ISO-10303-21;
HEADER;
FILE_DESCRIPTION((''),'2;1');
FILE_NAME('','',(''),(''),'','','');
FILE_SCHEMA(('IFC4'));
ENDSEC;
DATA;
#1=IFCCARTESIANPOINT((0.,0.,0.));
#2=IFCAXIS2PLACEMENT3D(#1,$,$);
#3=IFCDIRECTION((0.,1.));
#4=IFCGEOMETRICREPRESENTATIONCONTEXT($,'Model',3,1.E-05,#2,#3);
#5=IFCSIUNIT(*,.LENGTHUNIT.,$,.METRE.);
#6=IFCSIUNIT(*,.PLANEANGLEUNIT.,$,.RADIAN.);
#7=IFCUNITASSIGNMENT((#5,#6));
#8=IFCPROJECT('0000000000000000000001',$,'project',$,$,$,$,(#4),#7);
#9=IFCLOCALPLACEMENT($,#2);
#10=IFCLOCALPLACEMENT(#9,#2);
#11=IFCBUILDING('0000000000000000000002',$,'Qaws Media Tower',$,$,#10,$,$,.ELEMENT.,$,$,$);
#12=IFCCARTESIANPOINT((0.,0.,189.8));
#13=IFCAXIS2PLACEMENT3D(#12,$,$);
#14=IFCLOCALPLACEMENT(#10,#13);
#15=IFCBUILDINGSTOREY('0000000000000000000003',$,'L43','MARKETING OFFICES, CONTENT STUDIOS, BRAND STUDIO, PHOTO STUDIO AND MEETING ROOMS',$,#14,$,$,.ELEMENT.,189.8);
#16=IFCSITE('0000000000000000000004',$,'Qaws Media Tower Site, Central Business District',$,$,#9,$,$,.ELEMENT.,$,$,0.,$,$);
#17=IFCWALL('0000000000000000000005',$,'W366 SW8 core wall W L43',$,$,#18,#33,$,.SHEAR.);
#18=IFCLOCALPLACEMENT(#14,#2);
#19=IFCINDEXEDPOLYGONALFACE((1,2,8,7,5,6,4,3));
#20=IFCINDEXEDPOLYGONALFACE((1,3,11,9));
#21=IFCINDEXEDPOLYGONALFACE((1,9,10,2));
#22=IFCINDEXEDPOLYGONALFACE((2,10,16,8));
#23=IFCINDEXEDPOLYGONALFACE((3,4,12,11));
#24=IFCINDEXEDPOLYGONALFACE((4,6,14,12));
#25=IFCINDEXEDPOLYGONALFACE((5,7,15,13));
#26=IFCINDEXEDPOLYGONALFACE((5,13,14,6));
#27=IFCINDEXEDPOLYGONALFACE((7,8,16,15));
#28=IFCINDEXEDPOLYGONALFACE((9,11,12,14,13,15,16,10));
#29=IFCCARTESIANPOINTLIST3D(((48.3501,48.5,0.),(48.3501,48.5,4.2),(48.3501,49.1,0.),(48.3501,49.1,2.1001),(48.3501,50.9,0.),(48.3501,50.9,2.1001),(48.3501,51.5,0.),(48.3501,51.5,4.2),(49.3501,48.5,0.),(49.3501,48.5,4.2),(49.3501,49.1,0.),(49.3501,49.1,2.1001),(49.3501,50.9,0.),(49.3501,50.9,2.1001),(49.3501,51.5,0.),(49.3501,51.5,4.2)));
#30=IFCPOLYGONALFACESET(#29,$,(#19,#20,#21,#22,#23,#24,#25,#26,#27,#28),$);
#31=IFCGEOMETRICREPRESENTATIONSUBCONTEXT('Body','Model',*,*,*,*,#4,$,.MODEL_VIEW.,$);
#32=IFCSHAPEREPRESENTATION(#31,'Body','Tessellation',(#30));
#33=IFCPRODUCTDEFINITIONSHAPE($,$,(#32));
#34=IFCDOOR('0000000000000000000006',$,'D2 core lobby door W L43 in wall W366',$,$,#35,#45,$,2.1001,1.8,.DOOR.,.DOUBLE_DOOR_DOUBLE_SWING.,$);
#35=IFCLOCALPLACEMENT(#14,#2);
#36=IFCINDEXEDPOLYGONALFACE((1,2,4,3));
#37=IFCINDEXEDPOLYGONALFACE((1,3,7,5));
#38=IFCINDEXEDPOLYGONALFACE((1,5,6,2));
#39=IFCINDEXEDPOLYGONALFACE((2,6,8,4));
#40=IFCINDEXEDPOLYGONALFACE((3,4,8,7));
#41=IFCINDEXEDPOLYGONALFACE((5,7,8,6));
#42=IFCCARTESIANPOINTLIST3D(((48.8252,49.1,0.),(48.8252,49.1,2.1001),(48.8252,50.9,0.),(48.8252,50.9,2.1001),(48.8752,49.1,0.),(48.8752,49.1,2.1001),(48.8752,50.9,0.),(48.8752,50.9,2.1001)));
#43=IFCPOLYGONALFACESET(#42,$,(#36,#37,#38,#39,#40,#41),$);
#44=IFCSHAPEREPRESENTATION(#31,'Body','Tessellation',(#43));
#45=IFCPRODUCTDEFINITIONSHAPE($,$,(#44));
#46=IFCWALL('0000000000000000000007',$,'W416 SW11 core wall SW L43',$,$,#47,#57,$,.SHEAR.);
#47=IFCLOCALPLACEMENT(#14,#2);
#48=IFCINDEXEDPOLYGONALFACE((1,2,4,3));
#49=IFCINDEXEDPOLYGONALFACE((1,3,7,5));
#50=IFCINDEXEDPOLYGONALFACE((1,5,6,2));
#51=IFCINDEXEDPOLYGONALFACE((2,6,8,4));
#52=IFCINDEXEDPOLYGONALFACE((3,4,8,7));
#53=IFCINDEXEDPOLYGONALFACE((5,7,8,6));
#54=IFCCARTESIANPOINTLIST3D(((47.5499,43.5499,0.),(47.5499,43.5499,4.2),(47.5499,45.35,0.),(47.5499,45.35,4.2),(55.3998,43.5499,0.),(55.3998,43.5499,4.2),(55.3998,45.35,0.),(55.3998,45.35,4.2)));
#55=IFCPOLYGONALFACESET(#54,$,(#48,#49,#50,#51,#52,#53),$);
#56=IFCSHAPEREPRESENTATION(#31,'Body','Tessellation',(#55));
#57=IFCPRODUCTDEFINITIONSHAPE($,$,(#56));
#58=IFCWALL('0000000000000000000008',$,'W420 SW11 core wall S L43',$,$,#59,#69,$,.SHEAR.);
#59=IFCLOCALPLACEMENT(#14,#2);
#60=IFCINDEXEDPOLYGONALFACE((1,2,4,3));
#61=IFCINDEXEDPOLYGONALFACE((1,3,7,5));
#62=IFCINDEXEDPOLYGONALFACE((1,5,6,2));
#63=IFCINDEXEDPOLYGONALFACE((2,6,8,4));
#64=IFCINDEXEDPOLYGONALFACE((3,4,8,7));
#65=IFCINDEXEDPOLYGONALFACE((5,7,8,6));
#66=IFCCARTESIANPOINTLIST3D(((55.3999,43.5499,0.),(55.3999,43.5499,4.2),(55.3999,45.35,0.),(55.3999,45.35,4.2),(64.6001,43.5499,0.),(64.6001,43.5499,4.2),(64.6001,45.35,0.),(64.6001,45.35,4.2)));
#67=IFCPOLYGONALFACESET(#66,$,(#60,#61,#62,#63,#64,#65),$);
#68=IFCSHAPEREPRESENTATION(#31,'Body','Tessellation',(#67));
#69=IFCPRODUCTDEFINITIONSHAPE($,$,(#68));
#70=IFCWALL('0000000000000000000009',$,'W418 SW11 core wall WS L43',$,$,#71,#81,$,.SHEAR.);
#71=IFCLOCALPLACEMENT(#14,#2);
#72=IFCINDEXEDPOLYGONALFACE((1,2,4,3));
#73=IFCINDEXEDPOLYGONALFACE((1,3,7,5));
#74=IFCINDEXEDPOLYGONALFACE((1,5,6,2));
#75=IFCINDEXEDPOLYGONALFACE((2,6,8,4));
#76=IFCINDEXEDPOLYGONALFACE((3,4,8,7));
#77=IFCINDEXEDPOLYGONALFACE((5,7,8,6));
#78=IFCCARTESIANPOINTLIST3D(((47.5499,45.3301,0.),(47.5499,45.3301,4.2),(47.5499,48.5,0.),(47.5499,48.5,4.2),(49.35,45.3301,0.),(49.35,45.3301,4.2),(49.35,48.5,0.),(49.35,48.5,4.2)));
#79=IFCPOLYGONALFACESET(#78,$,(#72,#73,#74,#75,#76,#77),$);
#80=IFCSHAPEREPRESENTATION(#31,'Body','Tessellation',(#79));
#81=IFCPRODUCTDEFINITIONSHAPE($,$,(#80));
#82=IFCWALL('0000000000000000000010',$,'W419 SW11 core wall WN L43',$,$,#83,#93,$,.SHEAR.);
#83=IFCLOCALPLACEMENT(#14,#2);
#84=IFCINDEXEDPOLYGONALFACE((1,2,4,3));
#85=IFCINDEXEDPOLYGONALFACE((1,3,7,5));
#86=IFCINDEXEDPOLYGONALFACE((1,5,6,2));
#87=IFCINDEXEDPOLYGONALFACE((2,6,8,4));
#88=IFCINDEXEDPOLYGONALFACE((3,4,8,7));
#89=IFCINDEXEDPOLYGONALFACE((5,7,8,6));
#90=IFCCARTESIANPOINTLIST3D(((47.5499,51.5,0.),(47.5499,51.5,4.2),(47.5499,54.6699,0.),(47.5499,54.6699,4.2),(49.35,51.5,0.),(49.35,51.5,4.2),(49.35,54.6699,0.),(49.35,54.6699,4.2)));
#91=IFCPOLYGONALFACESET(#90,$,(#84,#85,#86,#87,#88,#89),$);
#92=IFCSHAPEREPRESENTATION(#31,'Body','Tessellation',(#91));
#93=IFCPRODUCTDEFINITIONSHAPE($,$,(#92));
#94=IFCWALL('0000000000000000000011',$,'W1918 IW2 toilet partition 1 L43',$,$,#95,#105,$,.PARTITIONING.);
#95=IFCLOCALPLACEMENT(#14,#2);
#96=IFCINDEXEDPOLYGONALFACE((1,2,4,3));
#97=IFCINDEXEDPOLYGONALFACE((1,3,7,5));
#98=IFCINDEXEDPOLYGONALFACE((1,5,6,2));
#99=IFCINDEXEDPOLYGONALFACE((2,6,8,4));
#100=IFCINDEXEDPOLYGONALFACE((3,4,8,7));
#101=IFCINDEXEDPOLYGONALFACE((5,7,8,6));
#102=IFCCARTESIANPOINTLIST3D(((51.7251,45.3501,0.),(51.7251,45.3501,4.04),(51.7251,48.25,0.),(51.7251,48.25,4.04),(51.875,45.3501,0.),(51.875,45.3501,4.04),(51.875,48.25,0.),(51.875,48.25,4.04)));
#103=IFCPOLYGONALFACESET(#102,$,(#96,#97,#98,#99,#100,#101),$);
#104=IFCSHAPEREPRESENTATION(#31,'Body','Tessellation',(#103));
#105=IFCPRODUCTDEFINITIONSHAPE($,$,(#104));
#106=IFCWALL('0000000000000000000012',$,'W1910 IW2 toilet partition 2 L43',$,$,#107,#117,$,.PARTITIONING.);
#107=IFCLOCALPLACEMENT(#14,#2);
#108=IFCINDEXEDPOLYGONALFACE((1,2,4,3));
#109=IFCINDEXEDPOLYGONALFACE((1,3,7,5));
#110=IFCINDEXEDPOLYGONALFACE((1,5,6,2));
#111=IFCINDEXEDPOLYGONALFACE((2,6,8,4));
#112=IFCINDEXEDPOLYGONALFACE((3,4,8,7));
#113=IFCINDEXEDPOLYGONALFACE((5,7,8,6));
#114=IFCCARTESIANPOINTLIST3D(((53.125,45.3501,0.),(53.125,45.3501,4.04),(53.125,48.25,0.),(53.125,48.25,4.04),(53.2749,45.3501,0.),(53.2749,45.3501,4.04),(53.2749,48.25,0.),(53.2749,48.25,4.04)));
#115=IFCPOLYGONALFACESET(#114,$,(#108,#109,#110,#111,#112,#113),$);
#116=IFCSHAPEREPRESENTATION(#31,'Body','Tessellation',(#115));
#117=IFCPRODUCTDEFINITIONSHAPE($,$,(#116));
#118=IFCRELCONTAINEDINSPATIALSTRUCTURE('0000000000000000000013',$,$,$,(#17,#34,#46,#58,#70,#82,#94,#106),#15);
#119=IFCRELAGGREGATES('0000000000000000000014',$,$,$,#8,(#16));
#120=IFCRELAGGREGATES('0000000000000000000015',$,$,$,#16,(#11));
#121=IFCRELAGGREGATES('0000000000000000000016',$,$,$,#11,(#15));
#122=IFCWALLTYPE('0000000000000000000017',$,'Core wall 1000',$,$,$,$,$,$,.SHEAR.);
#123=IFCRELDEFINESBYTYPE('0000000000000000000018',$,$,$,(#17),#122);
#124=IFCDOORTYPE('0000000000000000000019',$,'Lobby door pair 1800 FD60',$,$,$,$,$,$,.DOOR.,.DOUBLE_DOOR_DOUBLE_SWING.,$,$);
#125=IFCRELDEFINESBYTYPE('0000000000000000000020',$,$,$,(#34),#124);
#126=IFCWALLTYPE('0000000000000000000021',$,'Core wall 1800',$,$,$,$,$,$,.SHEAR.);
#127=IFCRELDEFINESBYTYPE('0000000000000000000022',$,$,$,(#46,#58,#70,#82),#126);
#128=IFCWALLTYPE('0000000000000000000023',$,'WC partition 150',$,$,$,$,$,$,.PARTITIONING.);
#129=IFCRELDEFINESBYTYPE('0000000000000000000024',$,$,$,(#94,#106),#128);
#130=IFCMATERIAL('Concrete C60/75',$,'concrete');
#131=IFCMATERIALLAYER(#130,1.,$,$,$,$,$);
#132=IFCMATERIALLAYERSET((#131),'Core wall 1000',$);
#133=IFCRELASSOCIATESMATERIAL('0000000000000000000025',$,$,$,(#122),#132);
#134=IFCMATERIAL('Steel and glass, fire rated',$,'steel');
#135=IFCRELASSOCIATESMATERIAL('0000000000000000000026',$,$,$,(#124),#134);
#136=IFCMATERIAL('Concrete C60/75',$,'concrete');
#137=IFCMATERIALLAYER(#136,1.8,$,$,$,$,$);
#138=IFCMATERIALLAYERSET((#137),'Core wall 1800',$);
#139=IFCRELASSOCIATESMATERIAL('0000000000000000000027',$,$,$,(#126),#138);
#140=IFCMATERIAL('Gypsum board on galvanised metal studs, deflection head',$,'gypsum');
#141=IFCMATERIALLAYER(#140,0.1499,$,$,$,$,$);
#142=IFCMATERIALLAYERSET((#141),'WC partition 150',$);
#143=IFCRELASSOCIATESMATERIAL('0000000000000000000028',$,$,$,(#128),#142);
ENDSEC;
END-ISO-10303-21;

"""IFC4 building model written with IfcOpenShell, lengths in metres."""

from ifc_helpers import new_model, si_unit, direction, frame, frame_2d, origin, place, context, subcontext, project, spatial, rectangle, extrude, material, layer, layer_set, type_object, element, fill, save


model = new_model("IFC4")

# Units and contexts
model_context = context("Model", 3, precision=1e-05, world=origin(), true_north=direction((0.0, 1.0)))
body_context = subcontext(model_context, "Body", "Model", "MODEL_VIEW")
ifc_project = project(units=[si_unit("LENGTHUNIT", "METRE"), si_unit("PLANEANGLEUNIT", "RADIAN")], contexts=[model_context])

# Site, building, storey
site_placement = place(None, origin())
site = spatial("IfcSite", under=ifc_project, at=site_placement, Name="Qaws Media Tower Site, Central Business District", CompositionType="ELEMENT", RefElevation=0.0)
building_placement = place(site_placement, origin())
building = spatial("IfcBuilding", under=site, at=building_placement, Name="Qaws Media Tower", CompositionType="ELEMENT")
storey_placement = place(building_placement, frame((0.0, 0.0, 189.8)))
storey = spatial("IfcBuildingStorey", under=building, at=storey_placement, Name="L43", Description="MARKETING OFFICES, CONTENT STUDIOS, BRAND STUDIO, PHOTO STUDIO AND MEETING ROOMS", CompositionType="ELEMENT", Elevation=189.8)

# Wall, opening, door
ifc_material_1 = material(Name="Concrete C60/75", Category="concrete")
ifc_layer_1 = layer(ifc_material_1, 1.0)
ifc_layer_set_1 = layer_set([ifc_layer_1], Name="Core wall 1000")
wall_type_1 = type_object("IfcWallType", Name="Core wall 1000", PredefinedType="SHEAR", material=ifc_layer_set_1)
wall_1_placement = place(storey_placement, frame((48.8501, 48.5, 0.0), z_axis=(0.0, 0.0, 1.0), x_axis=(0.0, 1.0, 0.0)))
wall_1 = element("IfcWall", 1, at=wall_1_placement, inside=storey, type_object=wall_type_1, Name="W366 SW8 core wall W L43", PredefinedType="SHEAR", context=body_context, shape_type="SweptSolid", body=[
    extrude(rectangle(XDim=3.0, YDim=1.0, at=frame_2d((1.5, 0.0))), origin(), (0.0, 0.0, 1.0), 4.2),
])
opening_1_placement = place(wall_1_placement, frame((0.6001, 0.0, 0.0)))
opening_1 = element("IfcOpeningElement", 2, at=opening_1_placement, cuts=wall_1, PredefinedType="OPENING", context=body_context, shape_type="SweptSolid", body=[
    extrude(rectangle(XDim=1.8, YDim=2.1001, at=frame_2d((0.8999, 1.05))), frame((0.0, 0.51, 0.0), z_axis=(0.0, -1.0, 0.0), x_axis=(1.0, 0.0, 0.0)), (0.0, 0.0, 1.0), 1.02),
])
ifc_material_2 = material(Name="Steel and glass, fire rated", Category="steel")
door_type_1 = type_object("IfcDoorType", Name="Lobby door pair 1800 FD60", OperationType="DOUBLE_DOOR_DOUBLE_SWING", PredefinedType="DOOR", material=ifc_material_2)
door_1_placement = place(opening_1_placement, origin())
door_1 = element("IfcDoor", 3, at=door_1_placement, inside=storey, type_object=door_type_1, Name="D2 core lobby door W L43 in wall W366", OperationType="DOUBLE_DOOR_DOUBLE_SWING", OverallHeight=2.1001, OverallWidth=1.8, PredefinedType="DOOR", context=body_context, shape_type="SweptSolid", body=[
    extrude(rectangle(XDim=1.8, YDim=2.1001, at=frame_2d((0.8999, 1.05))), frame((0.0, 0.0249, 0.0), z_axis=(0.0, -1.0, 0.0), x_axis=(1.0, 0.0, 0.0)), (0.0, 0.0, 1.0), 0.05),
])
fill(opening_1, door_1)

# Walls
ifc_material_3 = material(Name="Concrete C60/75", Category="concrete")
ifc_layer_2 = layer(ifc_material_3, 1.8)
ifc_layer_set_2 = layer_set([ifc_layer_2], Name="Core wall 1800")
wall_type_2 = type_object("IfcWallType", Name="Core wall 1800", PredefinedType="SHEAR", material=ifc_layer_set_2)
wall_2_placement = place(storey_placement, frame((47.55, 44.45, 0.0), z_axis=(0.0, 0.0, 1.0), x_axis=(1.0, 0.0, 0.0)))
element("IfcWall", 4, at=wall_2_placement, inside=storey, type_object=wall_type_2, Name="W416 SW11 core wall SW L43", PredefinedType="SHEAR", context=body_context, shape_type="SweptSolid", body=[
    extrude(rectangle(XDim=7.8499, YDim=1.8, at=frame_2d((3.9248, 0.0))), origin(), (0.0, 0.0, 1.0), 4.2),
])
wall_3_placement = place(storey_placement, frame((55.3999, 44.45, 0.0), z_axis=(0.0, 0.0, 1.0), x_axis=(1.0, 0.0, 0.0)))
element("IfcWall", 5, at=wall_3_placement, inside=storey, type_object=wall_type_2, Name="W420 SW11 core wall S L43", PredefinedType="SHEAR", context=body_context, shape_type="SweptSolid", body=[
    extrude(rectangle(XDim=9.2002, YDim=1.8, at=frame_2d((4.6001, 0.0))), origin(), (0.0, 0.0, 1.0), 4.2),
])
for number, where, z_axis, x_axis, name in (
    (6, (48.45, 45.3301, 0.0), (0.0, 0.0, 1.0), (0.0, 1.0, 0.0), "W418 SW11 core wall WS L43"),
    (7, (48.45, 51.5, 0.0), (0.0, 0.0, 1.0), (0.0, 1.0, 0.0), "W419 SW11 core wall WN L43"),
):
    element("IfcWall", number, at=place(storey_placement, frame(where, z_axis=z_axis, x_axis=x_axis)), inside=storey, type_object=wall_type_2, Name=name, PredefinedType="SHEAR", context=body_context, shape_type="SweptSolid", body=[
        extrude(rectangle(XDim=3.1699, YDim=1.8, at=frame_2d((1.585, 0.0))), origin(), (0.0, 0.0, 1.0), 4.2),
    ])
ifc_material_4 = material(Name="Gypsum board on galvanised metal studs, deflection head", Category="gypsum")
ifc_layer_3 = layer(ifc_material_4, 0.1499)
ifc_layer_set_3 = layer_set([ifc_layer_3], Name="WC partition 150")
wall_type_3 = type_object("IfcWallType", Name="WC partition 150", PredefinedType="PARTITIONING", material=ifc_layer_set_3)
for number, where, z_axis, x_axis, name in (
    (8, (51.8, 45.3501, 0.0), (0.0, 0.0, 1.0), (0.0, 1.0, 0.0), "W1918 IW2 toilet partition 1 L43"),
    (9, (53.2, 45.3501, 0.0), (0.0, 0.0, 1.0), (0.0, 1.0, 0.0), "W1910 IW2 toilet partition 2 L43"),
):
    element("IfcWall", number, at=place(storey_placement, frame(where, z_axis=z_axis, x_axis=x_axis)), inside=storey, type_object=wall_type_3, Name=name, PredefinedType="PARTITIONING", context=body_context, shape_type="SweptSolid", body=[
        extrude(rectangle(XDim=2.8999, YDim=0.1499, at=frame_2d((1.45, 0.0))), origin(), (0.0, 0.0, 1.0), 4.04),
    ])

save(model, "model.ifc")
